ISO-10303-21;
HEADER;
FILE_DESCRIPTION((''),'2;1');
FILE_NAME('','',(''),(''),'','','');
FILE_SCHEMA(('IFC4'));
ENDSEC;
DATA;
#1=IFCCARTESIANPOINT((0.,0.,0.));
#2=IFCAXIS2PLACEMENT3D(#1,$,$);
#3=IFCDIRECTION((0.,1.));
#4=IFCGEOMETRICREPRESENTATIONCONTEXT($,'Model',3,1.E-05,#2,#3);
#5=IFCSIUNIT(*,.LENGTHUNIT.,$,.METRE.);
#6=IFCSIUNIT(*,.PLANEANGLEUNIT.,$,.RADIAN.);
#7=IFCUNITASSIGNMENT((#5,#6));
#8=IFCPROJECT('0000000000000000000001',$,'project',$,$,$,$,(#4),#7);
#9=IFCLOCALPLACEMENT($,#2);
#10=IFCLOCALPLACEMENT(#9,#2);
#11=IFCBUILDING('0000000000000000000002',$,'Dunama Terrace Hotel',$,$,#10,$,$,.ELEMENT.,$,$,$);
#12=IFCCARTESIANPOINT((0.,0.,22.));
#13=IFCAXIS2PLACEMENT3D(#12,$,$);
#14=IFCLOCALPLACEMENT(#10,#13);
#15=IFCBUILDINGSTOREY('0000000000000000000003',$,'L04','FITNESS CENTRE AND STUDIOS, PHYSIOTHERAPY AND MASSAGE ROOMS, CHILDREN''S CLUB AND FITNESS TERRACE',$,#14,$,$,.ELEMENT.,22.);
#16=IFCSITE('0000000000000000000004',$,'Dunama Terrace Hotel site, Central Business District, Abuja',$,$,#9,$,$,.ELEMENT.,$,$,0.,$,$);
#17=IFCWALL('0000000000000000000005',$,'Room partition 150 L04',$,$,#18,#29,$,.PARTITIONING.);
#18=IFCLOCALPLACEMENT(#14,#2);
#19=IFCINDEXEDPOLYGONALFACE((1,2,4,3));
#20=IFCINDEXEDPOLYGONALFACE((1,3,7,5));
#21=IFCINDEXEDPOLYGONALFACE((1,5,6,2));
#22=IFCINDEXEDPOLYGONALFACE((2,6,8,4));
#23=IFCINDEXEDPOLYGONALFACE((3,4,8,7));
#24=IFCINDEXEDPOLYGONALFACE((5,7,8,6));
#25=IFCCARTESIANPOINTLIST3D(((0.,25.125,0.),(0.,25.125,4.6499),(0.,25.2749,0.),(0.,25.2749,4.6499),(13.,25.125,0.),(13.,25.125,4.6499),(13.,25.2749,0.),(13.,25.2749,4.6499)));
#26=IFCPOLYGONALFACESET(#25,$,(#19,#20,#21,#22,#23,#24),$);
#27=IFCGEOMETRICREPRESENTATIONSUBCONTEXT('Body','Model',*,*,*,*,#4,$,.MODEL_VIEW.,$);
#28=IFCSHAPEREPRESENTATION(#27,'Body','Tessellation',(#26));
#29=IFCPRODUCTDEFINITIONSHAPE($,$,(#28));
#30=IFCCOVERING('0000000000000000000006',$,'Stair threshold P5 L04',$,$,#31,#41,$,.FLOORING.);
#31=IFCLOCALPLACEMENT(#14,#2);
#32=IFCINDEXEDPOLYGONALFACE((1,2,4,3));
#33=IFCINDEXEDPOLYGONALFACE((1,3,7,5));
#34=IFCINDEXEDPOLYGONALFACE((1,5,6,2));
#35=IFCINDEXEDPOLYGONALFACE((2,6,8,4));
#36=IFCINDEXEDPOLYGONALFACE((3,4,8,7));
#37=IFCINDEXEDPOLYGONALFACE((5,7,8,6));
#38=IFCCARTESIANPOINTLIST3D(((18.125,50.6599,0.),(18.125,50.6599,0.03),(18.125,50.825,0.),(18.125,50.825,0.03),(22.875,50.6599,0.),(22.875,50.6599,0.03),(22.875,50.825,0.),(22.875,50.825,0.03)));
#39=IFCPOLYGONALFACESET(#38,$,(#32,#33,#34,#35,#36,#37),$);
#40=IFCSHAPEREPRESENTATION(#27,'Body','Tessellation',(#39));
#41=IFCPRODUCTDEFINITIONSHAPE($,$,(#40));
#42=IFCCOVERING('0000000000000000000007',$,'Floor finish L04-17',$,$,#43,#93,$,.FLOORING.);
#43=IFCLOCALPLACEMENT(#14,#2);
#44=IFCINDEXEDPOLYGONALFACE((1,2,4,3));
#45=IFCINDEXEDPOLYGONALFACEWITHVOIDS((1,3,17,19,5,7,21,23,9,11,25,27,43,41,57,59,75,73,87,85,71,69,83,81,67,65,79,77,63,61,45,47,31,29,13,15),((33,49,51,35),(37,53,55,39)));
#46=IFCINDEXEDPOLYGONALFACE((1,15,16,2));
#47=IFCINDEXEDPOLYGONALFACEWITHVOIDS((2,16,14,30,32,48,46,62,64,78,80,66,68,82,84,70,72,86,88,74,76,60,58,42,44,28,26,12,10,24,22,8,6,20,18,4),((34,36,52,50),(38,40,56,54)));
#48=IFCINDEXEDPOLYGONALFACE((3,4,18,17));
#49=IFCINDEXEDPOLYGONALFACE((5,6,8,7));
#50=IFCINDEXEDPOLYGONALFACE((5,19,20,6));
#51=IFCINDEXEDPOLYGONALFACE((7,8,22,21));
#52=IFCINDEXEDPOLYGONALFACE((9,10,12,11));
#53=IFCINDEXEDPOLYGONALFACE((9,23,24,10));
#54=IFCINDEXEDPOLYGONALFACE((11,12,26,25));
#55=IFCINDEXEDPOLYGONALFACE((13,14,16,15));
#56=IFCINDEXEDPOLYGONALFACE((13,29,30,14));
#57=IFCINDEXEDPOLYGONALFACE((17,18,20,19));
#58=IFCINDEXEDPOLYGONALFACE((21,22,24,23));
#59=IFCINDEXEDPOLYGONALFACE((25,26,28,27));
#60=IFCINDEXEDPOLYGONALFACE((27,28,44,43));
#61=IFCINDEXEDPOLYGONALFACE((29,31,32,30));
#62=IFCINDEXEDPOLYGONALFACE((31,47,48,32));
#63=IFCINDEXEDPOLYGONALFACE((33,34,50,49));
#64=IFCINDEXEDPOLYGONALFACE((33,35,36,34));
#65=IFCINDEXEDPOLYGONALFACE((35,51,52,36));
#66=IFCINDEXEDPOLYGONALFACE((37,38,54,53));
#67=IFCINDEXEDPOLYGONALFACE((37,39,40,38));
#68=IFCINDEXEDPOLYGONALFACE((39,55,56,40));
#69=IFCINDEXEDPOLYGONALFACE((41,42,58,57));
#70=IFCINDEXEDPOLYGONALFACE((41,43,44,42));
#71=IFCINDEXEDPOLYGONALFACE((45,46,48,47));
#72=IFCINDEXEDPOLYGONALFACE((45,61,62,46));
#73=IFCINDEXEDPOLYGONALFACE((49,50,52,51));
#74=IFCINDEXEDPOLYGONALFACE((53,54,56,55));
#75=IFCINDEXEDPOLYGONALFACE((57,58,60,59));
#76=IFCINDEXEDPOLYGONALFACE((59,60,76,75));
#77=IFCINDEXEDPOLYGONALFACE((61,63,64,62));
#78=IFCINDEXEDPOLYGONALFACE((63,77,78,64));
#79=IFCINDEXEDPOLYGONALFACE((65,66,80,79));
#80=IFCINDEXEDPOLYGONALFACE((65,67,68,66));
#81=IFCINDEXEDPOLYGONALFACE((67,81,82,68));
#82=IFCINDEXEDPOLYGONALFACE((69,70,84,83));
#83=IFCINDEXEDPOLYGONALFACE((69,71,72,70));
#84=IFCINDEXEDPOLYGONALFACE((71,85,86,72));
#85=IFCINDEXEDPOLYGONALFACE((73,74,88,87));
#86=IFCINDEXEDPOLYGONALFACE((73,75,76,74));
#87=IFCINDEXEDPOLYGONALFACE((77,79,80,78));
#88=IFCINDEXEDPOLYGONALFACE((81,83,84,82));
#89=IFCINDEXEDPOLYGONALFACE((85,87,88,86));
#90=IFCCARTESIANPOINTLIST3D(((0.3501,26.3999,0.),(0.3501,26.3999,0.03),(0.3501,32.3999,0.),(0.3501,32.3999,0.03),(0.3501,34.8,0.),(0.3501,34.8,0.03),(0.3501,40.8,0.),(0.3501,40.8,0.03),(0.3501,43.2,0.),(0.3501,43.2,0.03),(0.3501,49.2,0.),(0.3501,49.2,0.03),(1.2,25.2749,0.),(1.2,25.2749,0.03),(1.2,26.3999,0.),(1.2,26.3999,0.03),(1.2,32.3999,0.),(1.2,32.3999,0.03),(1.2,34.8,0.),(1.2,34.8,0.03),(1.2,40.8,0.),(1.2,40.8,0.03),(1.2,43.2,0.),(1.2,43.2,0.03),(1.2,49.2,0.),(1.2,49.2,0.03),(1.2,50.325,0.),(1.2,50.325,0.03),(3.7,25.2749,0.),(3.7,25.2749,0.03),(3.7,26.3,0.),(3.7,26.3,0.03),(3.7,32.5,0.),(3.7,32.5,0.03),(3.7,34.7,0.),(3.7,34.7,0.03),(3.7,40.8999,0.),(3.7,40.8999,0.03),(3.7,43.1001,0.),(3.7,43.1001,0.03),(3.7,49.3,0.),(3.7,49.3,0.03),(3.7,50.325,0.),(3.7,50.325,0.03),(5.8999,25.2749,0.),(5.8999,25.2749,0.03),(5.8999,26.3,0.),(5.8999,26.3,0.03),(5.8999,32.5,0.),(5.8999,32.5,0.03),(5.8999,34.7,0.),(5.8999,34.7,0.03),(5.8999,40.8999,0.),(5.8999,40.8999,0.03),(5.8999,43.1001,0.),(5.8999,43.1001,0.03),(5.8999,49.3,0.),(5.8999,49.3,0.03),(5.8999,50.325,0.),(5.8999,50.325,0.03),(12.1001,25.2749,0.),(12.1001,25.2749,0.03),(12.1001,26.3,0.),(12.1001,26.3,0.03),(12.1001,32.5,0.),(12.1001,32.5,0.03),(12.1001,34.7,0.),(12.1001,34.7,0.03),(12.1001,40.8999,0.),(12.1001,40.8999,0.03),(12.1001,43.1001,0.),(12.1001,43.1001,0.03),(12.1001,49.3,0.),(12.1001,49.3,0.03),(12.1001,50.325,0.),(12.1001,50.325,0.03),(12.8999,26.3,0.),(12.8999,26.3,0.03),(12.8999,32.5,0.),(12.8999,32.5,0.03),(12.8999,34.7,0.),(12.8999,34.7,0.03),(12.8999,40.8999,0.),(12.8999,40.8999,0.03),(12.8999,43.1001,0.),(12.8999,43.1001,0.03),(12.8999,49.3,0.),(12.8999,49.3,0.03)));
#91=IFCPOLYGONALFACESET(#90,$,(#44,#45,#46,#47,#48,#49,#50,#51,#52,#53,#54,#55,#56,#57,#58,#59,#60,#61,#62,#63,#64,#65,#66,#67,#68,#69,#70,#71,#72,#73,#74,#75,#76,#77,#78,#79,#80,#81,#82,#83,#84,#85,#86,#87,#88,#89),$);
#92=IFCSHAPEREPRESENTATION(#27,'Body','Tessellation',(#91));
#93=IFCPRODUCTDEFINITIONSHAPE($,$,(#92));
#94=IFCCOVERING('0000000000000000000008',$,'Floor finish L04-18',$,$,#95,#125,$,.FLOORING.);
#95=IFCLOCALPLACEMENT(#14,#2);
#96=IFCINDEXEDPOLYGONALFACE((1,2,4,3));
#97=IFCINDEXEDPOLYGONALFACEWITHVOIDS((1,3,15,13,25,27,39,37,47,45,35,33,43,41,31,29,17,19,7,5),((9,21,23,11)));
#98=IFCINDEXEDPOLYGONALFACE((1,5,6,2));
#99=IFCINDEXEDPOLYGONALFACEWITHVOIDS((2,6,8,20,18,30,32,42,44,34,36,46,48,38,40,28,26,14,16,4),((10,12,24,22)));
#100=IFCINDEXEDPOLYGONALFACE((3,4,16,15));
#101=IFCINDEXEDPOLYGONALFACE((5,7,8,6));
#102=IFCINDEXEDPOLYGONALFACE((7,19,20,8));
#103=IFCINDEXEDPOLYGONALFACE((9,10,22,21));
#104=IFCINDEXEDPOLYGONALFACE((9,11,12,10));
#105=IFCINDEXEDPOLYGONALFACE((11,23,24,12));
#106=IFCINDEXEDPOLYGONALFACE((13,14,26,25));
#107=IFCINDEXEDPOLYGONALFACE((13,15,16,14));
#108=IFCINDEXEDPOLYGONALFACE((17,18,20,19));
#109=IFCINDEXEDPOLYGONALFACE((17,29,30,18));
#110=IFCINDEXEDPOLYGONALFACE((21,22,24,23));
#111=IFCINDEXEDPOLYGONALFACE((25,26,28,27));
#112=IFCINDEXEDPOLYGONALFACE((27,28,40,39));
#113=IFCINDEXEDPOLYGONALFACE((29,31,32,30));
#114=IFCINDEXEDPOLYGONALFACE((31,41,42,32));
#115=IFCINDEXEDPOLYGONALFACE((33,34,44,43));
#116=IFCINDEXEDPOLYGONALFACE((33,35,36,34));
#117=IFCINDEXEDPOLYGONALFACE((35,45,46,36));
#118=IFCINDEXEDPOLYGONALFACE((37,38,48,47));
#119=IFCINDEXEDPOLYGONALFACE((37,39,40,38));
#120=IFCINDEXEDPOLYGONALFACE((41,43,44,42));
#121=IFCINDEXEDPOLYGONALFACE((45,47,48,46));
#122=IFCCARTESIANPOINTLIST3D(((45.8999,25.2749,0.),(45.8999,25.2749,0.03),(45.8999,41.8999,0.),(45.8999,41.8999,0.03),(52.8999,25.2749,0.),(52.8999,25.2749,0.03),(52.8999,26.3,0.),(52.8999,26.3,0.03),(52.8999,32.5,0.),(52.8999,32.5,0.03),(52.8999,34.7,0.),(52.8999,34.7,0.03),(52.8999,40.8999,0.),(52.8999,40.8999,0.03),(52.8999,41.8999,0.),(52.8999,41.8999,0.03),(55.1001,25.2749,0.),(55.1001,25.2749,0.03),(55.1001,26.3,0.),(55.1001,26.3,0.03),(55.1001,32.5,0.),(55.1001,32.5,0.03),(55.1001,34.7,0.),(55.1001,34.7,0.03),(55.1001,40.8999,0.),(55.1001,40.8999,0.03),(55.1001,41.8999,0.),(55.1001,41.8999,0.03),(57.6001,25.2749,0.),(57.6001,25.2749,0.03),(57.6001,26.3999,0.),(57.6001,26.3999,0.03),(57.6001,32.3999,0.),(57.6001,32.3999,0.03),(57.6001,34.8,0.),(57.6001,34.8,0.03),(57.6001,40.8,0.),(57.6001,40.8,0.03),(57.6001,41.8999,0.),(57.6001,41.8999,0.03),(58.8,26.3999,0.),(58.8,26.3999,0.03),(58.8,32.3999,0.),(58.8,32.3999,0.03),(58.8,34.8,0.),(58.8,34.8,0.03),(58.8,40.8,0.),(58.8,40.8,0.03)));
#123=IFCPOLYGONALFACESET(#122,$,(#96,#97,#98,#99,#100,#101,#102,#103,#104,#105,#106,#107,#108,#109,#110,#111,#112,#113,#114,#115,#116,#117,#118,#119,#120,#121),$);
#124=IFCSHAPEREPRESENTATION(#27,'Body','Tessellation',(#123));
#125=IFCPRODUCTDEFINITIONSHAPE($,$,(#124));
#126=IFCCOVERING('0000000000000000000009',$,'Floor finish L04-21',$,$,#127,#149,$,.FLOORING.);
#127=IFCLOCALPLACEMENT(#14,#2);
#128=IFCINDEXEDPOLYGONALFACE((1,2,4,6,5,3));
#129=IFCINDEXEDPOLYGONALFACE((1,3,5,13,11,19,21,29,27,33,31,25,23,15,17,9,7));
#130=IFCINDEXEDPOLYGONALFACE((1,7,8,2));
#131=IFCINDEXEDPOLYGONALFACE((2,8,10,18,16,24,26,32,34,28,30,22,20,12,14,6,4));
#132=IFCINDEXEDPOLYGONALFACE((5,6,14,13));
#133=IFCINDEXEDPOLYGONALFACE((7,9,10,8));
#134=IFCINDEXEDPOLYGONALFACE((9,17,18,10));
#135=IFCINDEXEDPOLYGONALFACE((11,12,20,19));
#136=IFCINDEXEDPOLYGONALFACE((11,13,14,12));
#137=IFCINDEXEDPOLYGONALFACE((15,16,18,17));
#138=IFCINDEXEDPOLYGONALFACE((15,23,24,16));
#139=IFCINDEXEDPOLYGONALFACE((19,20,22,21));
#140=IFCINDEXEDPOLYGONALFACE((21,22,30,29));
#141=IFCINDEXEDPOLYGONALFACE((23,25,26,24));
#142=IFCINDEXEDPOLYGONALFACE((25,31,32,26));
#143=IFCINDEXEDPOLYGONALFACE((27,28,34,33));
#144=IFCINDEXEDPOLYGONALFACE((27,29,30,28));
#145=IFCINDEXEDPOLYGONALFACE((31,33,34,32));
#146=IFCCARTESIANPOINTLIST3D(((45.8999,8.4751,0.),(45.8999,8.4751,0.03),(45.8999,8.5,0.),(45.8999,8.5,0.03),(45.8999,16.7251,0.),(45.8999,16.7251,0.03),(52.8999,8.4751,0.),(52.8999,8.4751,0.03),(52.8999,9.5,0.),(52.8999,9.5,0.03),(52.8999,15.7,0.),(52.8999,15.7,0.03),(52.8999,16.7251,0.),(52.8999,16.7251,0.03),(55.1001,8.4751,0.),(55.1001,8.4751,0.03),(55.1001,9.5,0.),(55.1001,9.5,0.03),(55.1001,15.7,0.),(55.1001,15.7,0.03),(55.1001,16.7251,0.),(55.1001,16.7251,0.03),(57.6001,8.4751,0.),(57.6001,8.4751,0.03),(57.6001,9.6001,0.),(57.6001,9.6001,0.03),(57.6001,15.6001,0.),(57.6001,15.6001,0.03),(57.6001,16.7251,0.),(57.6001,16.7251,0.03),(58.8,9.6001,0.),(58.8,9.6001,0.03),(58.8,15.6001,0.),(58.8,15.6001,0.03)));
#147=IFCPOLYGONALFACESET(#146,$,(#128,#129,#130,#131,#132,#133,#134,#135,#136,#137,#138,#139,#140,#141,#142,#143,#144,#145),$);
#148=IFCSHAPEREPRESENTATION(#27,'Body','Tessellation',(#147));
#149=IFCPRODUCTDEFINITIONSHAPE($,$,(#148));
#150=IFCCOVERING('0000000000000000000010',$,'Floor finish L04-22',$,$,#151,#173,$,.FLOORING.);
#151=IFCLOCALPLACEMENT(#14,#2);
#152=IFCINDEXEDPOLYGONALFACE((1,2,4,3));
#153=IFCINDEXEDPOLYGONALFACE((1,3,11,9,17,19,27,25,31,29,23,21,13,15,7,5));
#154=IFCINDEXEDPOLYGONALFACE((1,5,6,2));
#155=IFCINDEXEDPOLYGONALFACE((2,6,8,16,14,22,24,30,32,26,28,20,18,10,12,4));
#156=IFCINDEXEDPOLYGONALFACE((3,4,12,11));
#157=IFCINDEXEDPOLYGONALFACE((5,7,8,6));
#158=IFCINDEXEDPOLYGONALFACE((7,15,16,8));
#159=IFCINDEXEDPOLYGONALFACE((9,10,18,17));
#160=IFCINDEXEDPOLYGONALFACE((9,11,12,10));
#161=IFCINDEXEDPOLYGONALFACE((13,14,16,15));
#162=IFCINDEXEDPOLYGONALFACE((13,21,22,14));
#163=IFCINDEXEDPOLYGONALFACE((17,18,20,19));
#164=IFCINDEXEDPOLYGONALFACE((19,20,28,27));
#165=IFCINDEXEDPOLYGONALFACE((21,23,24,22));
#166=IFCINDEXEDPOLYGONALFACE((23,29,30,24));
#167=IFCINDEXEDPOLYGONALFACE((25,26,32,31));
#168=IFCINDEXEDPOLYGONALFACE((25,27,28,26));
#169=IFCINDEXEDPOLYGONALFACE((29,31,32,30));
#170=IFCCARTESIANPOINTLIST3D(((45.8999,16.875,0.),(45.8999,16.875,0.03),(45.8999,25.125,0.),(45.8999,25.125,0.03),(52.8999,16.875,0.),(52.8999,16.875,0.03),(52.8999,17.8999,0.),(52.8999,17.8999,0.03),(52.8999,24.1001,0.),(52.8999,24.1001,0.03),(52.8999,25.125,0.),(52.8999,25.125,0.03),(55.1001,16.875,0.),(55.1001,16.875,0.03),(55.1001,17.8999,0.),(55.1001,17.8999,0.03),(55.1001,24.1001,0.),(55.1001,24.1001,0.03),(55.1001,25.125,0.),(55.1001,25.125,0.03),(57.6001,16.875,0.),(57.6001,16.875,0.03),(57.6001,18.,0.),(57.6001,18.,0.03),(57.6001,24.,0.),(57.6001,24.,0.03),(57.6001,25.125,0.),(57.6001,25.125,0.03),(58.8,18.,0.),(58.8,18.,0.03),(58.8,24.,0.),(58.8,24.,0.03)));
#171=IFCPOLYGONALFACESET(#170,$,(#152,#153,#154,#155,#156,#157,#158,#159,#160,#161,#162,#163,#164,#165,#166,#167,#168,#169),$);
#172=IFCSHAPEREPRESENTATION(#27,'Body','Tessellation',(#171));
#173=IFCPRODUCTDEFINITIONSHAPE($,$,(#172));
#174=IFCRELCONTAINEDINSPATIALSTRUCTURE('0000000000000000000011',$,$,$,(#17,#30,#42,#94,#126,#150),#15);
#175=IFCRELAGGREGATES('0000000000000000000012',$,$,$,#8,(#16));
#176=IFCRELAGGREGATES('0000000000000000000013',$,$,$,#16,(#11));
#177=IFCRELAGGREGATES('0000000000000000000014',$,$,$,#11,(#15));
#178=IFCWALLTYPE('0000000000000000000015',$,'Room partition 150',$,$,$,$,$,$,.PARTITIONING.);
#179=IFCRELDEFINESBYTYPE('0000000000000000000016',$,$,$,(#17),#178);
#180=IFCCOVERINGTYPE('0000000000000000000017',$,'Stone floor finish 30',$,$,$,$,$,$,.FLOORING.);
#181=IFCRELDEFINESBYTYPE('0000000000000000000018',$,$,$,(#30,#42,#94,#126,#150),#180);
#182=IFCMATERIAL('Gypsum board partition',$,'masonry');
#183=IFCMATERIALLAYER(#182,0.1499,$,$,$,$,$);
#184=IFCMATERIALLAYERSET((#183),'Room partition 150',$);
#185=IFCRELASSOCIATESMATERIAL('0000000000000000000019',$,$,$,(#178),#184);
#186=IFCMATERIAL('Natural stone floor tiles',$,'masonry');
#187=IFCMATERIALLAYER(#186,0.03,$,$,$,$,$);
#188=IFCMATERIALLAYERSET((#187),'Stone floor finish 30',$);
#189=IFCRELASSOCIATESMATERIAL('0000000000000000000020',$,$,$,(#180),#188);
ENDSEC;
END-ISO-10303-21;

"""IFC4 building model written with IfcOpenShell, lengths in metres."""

from ifc_helpers import new_model, si_unit, direction, frame, frame_2d, origin, place, context, subcontext, project, spatial, polyline, rectangle, outline, extrude, material, layer, layer_set, type_object, element, save


model = new_model("IFC4")

# Units and contexts
model_context = context("Model", 3, precision=1e-05, world=origin(), true_north=direction((0.0, 1.0)))
body_context = subcontext(model_context, "Body", "Model", "MODEL_VIEW")
ifc_project = project(units=[si_unit("LENGTHUNIT", "METRE"), si_unit("PLANEANGLEUNIT", "RADIAN")], contexts=[model_context])

# Site, building, storey
site_placement = place(None, origin())
site = spatial("IfcSite", under=ifc_project, at=site_placement, Name="Dunama Terrace Hotel site, Central Business District, Abuja", CompositionType="ELEMENT", RefElevation=0.0)
building_placement = place(site_placement, origin())
building = spatial("IfcBuilding", under=site, at=building_placement, Name="Dunama Terrace Hotel", CompositionType="ELEMENT")
storey_placement = place(building_placement, frame((0.0, 0.0, 22.0)))
storey = spatial("IfcBuildingStorey", under=building, at=storey_placement, Name="L04", Description="FITNESS CENTRE AND STUDIOS, PHYSIOTHERAPY AND MASSAGE ROOMS, CHILDREN'S CLUB AND FITNESS TERRACE", CompositionType="ELEMENT", Elevation=22.0)

# Wall
ifc_material_1 = material(Name="Gypsum board partition", Category="masonry")
ifc_layer_1 = layer(ifc_material_1, 0.1499)
ifc_layer_set_1 = layer_set([ifc_layer_1], Name="Room partition 150")
wall_type_1 = type_object("IfcWallType", Name="Room partition 150", PredefinedType="PARTITIONING", material=ifc_layer_set_1)
for number, where, z_axis, x_axis, name in (
    (1, (0.0, 25.2, 0.0), (0.0, 0.0, 1.0), (1.0, 0.0, 0.0), "Room partition 150 L04"),
):
    element("IfcWall", number, at=place(storey_placement, frame(where, z_axis=z_axis, x_axis=x_axis)), inside=storey, type_object=wall_type_1, Name=name, PredefinedType="PARTITIONING", context=body_context, shape_type="SweptSolid", body=[
        extrude(rectangle(XDim=13.0, YDim=0.1499, at=frame_2d((6.5, 0.0))), origin(), (0.0, 0.0, 1.0), 4.6499),
    ])

# Coverings
ifc_material_2 = material(Name="Natural stone floor tiles", Category="masonry")
ifc_layer_2 = layer(ifc_material_2, 0.03)
ifc_layer_set_2 = layer_set([ifc_layer_2], Name="Stone floor finish 30")
covering_type_1 = type_object("IfcCoveringType", Name="Stone floor finish 30", PredefinedType="FLOORING", material=ifc_layer_set_2)
covering_1_placement = place(storey_placement, origin())
element("IfcCovering", 2, at=covering_1_placement, inside=storey, type_object=covering_type_1, Name="Stair threshold P5 L04", PredefinedType="FLOORING", context=body_context, shape_type="SweptSolid", body=[
    extrude(outline(polyline([(22.875, 50.6599), (22.875, 50.825), (18.125, 50.825), (18.125, 50.6599), (22.875, 50.6599)])), origin(), (0.0, 0.0, 1.0), 0.03),
])
covering_2_placement = place(storey_placement, origin())
element("IfcCovering", 3, at=covering_2_placement, inside=storey, type_object=covering_type_1, Name="Floor finish L04-17", PredefinedType="FLOORING", context=body_context, shape_type="SweptSolid", body=[
    extrude(outline(polyline([(1.2, 25.2749), (3.7, 25.2749), (3.7, 26.3), (5.8999, 26.3), (5.8999, 25.2749), (12.1001, 25.2749), (12.1001, 26.3), (12.8999, 26.3), (12.8999, 32.5), (12.1001, 32.5), (12.1001, 34.7), (12.8999, 34.7), (12.8999, 40.8999), (12.1001, 40.8999), (12.1001, 43.1001), (12.8999, 43.1001), (12.8999, 49.3), (12.1001, 49.3), (12.1001, 50.325), (5.8999, 50.325), (5.8999, 49.3), (3.7, 49.3), (3.7, 50.325), (1.2, 50.325), (1.2, 49.2), (0.3501, 49.2), (0.3501, 43.2), (1.2, 43.2), (1.2, 40.8), (0.3501, 40.8), (0.3501, 34.8), (1.2, 34.8), (1.2, 32.3999), (0.3501, 32.3999), (0.3501, 26.3999), (1.2, 26.3999), (1.2, 25.2749)]), holes=[polyline([(3.7, 34.7), (5.8999, 34.7), (5.8999, 32.5), (3.7, 32.5), (3.7, 34.7)]), polyline([(3.7, 43.1001), (5.8999, 43.1001), (5.8999, 40.8999), (3.7, 40.8999), (3.7, 43.1001)])]), origin(), (0.0, 0.0, 1.0), 0.03),
])
covering_3_placement = place(storey_placement, origin())
element("IfcCovering", 4, at=covering_3_placement, inside=storey, type_object=covering_type_1, Name="Floor finish L04-18", PredefinedType="FLOORING", context=body_context, shape_type="SweptSolid", body=[
    extrude(outline(polyline([(58.8, 34.8), (58.8, 40.8), (57.6001, 40.8), (57.6001, 41.8999), (55.1001, 41.8999), (55.1001, 40.8999), (52.8999, 40.8999), (52.8999, 41.8999), (45.8999, 41.8999), (45.8999, 25.2749), (52.8999, 25.2749), (52.8999, 26.3), (55.1001, 26.3), (55.1001, 25.2749), (57.6001, 25.2749), (57.6001, 26.3999), (58.8, 26.3999), (58.8, 32.3999), (57.6001, 32.3999), (57.6001, 34.8), (58.8, 34.8)]), holes=[polyline([(52.8999, 34.7), (55.1001, 34.7), (55.1001, 32.5), (52.8999, 32.5), (52.8999, 34.7)])]), origin(), (0.0, 0.0, 1.0), 0.03),
])
covering_4_placement = place(storey_placement, origin())
element("IfcCovering", 5, at=covering_4_placement, inside=storey, type_object=covering_type_1, Name="Floor finish L04-21", PredefinedType="FLOORING", context=body_context, shape_type="SweptSolid", body=[
    extrude(outline(polyline([(58.8, 9.6001), (58.8, 15.6001), (57.6001, 15.6001), (57.6001, 16.7251), (55.1001, 16.7251), (55.1001, 15.7), (52.8999, 15.7), (52.8999, 16.7251), (45.8999, 16.7251), (45.8999, 8.5), (45.8999, 8.4751), (52.8999, 8.4751), (52.8999, 9.5), (55.1001, 9.5), (55.1001, 8.4751), (57.6001, 8.4751), (57.6001, 9.6001), (58.8, 9.6001)])), origin(), (0.0, 0.0, 1.0), 0.03),
])
covering_5_placement = place(storey_placement, origin())
element("IfcCovering", 6, at=covering_5_placement, inside=storey, type_object=covering_type_1, Name="Floor finish L04-22", PredefinedType="FLOORING", context=body_context, shape_type="SweptSolid", body=[
    extrude(outline(polyline([(58.8, 18.0), (58.8, 24.0), (57.6001, 24.0), (57.6001, 25.125), (55.1001, 25.125), (55.1001, 24.1001), (52.8999, 24.1001), (52.8999, 25.125), (45.8999, 25.125), (45.8999, 16.875), (52.8999, 16.875), (52.8999, 17.8999), (55.1001, 17.8999), (55.1001, 16.875), (57.6001, 16.875), (57.6001, 18.0), (58.8, 18.0)])), origin(), (0.0, 0.0, 1.0), 0.03),
])

save(model, "model.ifc")
